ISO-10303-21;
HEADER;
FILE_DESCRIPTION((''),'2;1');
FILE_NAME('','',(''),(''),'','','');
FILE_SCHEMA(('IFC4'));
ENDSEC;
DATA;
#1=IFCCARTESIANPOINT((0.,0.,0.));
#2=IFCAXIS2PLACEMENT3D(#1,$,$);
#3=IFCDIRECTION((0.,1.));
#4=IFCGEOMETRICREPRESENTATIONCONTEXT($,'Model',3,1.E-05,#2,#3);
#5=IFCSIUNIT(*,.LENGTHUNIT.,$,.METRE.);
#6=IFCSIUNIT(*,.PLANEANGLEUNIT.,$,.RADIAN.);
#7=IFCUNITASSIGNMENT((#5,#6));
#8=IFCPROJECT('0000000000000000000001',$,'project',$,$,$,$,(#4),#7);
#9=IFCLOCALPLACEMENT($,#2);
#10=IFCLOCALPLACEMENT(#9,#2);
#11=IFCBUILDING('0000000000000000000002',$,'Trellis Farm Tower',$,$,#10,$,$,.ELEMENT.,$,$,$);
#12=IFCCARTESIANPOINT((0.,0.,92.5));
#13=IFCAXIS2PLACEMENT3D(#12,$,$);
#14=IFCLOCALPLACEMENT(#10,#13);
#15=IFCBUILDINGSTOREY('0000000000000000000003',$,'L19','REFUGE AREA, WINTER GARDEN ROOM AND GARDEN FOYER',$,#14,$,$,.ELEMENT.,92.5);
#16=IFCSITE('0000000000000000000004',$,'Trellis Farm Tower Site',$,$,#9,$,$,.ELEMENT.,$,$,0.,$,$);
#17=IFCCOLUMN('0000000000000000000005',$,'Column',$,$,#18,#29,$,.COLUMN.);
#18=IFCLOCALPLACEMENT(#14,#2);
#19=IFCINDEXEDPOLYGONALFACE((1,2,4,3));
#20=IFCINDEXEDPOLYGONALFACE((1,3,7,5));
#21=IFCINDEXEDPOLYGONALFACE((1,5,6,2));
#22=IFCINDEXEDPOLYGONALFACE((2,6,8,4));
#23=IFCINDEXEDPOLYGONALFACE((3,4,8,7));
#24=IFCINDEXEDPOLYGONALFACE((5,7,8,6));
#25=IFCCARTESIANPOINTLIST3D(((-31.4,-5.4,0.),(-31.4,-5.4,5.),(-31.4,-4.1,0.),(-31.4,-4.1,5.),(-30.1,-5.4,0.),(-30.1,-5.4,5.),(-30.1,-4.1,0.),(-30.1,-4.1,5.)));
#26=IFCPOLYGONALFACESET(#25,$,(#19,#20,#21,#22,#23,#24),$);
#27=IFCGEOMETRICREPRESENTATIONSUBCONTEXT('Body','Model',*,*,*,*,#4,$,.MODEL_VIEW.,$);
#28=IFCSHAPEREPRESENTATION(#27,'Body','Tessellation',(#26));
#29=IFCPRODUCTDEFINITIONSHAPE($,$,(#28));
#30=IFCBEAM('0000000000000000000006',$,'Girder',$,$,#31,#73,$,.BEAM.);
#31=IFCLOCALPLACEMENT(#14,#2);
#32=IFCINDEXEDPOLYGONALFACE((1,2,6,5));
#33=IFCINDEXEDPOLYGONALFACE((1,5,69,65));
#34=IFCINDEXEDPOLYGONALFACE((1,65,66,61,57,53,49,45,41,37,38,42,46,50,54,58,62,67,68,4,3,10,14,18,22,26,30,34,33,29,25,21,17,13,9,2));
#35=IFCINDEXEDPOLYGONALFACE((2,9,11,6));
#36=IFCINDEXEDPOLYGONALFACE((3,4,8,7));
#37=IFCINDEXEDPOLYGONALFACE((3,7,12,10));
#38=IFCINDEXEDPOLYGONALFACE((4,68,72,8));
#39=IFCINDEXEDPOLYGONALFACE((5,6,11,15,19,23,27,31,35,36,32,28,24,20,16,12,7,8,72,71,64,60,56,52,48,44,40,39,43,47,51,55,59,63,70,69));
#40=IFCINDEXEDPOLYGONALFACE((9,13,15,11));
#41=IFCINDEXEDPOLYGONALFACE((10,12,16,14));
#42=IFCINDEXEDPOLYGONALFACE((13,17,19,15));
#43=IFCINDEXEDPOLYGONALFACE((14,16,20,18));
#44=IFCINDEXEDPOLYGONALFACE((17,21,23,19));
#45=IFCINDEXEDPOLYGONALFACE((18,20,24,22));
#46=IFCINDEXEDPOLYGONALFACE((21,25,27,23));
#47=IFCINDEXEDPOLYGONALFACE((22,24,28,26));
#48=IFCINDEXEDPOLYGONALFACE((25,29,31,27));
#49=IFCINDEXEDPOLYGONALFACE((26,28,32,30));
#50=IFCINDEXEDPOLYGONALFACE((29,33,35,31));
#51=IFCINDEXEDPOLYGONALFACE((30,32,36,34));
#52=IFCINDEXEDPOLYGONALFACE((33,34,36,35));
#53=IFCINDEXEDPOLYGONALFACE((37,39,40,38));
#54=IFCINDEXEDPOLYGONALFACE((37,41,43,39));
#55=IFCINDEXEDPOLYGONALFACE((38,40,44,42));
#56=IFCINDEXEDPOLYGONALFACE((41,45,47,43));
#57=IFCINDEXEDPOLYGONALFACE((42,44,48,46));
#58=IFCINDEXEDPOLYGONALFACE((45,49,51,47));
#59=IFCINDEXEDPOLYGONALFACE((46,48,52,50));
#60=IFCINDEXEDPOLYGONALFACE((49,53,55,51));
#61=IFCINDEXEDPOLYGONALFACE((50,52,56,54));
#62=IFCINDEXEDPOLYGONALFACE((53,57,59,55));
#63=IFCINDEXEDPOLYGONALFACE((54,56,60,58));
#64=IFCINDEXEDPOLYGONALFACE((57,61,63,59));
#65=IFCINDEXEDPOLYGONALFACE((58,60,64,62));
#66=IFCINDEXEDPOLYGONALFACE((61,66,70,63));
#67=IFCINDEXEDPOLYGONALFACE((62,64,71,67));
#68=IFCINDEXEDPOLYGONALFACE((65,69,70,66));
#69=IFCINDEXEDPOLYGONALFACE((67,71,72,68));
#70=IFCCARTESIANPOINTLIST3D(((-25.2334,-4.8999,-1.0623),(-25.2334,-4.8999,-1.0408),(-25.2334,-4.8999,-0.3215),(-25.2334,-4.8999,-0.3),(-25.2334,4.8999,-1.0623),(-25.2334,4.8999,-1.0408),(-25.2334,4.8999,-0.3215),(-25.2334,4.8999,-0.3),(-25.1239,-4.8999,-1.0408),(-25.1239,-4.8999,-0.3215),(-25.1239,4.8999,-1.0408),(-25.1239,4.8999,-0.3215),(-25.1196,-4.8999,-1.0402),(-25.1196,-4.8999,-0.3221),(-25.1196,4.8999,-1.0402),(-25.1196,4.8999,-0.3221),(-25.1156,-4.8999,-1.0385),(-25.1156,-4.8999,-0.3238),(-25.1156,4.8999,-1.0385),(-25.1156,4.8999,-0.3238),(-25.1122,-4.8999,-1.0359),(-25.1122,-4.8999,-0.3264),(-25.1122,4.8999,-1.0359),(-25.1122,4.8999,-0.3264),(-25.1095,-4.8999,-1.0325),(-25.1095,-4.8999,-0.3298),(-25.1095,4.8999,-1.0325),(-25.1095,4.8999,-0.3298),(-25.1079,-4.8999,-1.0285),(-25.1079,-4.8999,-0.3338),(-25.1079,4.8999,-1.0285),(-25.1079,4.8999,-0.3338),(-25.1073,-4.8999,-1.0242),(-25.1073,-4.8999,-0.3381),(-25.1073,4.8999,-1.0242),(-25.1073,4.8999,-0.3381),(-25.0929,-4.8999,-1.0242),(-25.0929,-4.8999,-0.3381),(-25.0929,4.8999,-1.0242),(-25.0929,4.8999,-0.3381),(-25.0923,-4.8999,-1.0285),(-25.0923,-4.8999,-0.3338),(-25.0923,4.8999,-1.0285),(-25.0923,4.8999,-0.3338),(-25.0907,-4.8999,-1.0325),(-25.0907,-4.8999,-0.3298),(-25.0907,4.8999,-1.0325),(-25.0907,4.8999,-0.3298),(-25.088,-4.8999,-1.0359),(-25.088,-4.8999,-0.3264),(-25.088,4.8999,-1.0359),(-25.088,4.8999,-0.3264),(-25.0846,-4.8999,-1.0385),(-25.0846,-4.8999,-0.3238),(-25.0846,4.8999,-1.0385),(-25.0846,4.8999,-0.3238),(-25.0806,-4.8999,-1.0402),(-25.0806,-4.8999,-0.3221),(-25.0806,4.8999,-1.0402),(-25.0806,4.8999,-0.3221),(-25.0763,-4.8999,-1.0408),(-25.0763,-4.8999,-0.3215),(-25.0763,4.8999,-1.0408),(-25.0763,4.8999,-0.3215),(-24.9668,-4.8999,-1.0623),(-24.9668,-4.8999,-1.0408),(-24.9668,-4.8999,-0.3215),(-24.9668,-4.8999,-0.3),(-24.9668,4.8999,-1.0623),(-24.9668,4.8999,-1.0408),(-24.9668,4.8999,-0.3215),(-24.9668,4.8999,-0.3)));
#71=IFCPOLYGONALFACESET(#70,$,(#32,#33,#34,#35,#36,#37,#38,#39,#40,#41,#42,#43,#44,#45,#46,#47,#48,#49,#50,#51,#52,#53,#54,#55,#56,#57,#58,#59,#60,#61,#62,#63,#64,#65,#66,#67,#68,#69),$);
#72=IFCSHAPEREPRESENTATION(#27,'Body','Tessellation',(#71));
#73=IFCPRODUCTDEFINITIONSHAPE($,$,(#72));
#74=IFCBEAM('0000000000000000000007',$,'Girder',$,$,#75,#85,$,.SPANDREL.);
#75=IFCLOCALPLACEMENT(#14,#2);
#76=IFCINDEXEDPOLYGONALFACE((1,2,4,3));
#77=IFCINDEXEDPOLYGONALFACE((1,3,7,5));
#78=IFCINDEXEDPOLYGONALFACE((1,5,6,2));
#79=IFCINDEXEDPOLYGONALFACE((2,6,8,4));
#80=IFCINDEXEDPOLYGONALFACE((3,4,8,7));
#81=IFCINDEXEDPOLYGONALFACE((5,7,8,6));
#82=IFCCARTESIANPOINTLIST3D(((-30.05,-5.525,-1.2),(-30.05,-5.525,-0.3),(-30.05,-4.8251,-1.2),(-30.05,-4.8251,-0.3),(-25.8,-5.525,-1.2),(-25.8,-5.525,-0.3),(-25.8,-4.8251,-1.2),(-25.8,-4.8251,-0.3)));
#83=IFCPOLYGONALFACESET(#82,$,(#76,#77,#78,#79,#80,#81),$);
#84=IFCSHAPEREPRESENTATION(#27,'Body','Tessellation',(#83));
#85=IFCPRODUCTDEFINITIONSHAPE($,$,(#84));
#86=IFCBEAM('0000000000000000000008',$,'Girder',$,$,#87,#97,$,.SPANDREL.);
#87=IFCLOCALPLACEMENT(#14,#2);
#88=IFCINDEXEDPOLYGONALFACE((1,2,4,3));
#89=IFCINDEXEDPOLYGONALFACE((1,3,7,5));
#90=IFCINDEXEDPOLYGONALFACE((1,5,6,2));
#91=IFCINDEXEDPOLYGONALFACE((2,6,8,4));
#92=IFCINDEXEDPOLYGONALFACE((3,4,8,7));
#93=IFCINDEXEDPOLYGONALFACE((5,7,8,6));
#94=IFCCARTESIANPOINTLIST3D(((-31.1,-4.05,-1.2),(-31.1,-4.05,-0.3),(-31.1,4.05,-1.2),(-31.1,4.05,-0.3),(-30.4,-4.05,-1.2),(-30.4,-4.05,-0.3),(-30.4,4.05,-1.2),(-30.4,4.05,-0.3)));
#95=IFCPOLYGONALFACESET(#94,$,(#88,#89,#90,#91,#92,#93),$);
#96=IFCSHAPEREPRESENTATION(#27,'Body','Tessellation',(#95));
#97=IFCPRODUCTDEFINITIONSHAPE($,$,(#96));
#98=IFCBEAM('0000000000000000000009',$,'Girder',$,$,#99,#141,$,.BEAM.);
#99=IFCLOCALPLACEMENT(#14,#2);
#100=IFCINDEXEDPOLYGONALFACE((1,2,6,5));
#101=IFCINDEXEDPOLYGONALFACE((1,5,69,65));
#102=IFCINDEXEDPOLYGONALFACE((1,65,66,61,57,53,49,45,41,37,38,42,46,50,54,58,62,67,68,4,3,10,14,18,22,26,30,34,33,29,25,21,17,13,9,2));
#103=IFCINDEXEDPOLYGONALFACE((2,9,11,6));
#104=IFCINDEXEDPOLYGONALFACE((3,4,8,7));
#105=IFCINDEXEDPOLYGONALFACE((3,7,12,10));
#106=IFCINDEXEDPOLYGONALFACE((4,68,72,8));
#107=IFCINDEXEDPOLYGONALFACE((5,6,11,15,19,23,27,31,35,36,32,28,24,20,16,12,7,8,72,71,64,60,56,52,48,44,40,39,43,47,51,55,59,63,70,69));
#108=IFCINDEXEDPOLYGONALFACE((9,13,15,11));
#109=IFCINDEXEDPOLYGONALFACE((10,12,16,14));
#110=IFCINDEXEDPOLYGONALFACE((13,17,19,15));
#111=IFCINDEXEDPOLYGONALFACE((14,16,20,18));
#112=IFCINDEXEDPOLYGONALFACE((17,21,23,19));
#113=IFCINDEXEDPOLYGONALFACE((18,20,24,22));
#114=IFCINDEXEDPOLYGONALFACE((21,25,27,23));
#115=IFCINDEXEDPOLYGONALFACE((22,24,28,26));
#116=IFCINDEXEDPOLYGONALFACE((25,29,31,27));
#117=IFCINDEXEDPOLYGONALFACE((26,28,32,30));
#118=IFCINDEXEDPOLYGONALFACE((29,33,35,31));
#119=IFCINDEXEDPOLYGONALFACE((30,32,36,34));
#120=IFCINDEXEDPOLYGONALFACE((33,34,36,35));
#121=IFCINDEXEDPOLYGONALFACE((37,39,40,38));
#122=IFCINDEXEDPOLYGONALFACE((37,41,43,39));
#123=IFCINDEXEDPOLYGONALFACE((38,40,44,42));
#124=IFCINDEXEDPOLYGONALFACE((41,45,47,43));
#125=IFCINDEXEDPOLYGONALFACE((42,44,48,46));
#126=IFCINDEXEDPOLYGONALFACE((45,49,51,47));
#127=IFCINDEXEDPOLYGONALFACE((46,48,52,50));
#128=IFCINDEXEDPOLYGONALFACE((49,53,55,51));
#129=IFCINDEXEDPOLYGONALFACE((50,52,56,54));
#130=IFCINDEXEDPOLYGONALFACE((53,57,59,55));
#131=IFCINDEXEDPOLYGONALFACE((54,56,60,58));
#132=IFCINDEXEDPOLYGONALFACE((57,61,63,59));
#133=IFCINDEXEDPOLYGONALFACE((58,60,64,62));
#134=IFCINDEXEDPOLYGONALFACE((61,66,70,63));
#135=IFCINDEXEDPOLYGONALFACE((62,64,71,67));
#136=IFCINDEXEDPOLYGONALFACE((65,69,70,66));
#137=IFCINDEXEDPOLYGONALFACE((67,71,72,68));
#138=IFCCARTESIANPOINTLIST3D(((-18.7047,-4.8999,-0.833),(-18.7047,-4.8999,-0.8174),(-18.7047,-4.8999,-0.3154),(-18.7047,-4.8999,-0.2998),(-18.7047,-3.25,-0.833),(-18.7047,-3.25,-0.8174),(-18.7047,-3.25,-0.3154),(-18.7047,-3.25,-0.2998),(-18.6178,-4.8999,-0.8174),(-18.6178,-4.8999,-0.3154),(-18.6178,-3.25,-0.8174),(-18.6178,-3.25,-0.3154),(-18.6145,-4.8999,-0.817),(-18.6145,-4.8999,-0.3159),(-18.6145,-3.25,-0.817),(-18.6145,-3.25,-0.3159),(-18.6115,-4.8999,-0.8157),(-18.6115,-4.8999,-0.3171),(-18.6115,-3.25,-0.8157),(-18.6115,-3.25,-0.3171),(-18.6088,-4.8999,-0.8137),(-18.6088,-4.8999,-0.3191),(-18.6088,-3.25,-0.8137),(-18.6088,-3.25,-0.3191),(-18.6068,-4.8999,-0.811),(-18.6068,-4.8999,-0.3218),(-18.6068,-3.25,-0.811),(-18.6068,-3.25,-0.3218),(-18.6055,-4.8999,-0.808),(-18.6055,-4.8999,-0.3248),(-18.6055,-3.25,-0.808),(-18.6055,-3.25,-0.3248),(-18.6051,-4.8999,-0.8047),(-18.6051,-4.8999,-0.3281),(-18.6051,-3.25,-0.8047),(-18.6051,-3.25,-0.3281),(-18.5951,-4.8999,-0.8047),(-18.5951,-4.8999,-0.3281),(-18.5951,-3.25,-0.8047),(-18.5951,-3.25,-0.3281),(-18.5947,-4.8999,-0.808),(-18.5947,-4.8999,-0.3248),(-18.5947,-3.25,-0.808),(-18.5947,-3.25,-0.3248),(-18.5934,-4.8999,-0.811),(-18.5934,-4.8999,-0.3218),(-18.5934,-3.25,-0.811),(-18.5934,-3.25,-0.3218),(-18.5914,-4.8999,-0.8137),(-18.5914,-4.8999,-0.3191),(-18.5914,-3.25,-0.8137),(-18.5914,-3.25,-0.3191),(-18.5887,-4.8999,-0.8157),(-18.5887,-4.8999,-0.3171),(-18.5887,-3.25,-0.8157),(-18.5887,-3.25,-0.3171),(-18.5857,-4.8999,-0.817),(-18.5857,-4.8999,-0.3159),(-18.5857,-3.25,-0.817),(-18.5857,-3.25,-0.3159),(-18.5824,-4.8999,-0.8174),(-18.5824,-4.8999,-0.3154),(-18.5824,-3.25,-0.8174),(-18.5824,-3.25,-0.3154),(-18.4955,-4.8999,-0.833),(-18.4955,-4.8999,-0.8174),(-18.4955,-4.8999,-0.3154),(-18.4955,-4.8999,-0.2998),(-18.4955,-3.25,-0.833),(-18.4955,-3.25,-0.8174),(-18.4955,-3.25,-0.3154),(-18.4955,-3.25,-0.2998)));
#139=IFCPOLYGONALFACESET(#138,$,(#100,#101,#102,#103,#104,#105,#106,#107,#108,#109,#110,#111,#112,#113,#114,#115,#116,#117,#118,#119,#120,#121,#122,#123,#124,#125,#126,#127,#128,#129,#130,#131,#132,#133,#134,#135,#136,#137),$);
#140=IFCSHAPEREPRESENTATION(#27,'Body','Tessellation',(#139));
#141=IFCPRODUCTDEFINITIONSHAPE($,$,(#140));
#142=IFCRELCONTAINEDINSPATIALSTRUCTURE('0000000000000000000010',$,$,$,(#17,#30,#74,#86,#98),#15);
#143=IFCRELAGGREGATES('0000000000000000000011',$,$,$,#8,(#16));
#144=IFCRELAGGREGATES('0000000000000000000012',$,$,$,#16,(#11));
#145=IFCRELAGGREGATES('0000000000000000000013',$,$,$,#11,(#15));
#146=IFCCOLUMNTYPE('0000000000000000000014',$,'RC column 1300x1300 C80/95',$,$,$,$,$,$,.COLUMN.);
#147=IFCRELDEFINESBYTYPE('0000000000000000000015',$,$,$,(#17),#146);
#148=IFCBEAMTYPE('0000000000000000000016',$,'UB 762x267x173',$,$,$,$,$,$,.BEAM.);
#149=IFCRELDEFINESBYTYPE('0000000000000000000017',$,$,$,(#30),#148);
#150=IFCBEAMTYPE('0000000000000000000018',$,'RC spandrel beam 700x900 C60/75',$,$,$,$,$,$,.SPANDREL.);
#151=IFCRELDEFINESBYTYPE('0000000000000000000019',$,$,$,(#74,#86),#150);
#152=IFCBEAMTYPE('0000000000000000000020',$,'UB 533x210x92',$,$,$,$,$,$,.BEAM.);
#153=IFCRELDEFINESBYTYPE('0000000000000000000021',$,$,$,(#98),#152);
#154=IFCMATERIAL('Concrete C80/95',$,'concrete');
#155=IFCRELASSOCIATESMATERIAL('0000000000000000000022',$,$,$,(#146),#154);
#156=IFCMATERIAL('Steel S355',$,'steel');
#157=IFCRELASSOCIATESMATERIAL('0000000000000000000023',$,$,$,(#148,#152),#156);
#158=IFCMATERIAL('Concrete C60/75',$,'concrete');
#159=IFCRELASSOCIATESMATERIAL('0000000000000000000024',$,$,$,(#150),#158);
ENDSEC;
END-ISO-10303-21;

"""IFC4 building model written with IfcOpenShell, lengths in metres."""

from ifc_helpers import new_model, si_unit, direction, frame, origin, origin_2d, place, context, subcontext, project, spatial, rectangle, i_section, extrude, source, transform, mapped, material, material_profile, profile_set, type_object, element, save


model = new_model("IFC4")

# Units and contexts
model_context = context("Model", 3, precision=1e-05, world=origin(), true_north=direction((0.0, 1.0)))
body_context = subcontext(model_context, "Body", "Model", "MODEL_VIEW")
ifc_project = project(units=[si_unit("LENGTHUNIT", "METRE"), si_unit("PLANEANGLEUNIT", "RADIAN")], contexts=[model_context])

# Site, building, storey
site_placement = place(None, origin())
site = spatial("IfcSite", under=ifc_project, at=site_placement, Name="Trellis Farm Tower Site", CompositionType="ELEMENT", RefElevation=0.0)
building_placement = place(site_placement, origin())
building = spatial("IfcBuilding", under=site, at=building_placement, Name="Trellis Farm Tower", CompositionType="ELEMENT")
storey_placement = place(building_placement, frame((0.0, 0.0, 92.5)))
storey = spatial("IfcBuildingStorey", under=building, at=storey_placement, Name="L19", Description="REFUGE AREA, WINTER GARDEN ROOM AND GARDEN FOYER", CompositionType="ELEMENT", Elevation=92.5)

# Column
ifc_material_1 = material(Name="Concrete C80/95", Category="concrete")
ifc_material_profile_1 = material_profile(ifc_material_1, rectangle(XDim=1.3, YDim=1.3, at=origin_2d()), Name="RC column 1300x1300 C80/95")
ifc_profile_set_1 = profile_set([ifc_material_profile_1], Name="Concrete C80/95")
column_type = type_object("IfcColumnType", Name="RC column 1300x1300 C80/95", PredefinedType="COLUMN", material=ifc_profile_set_1)
shared_shape_1 = source(origin(), body_context, "Body", "SweptSolid", [
    extrude(rectangle(XDim=1.3, YDim=1.3, at=origin_2d()), origin(), (0.0, 0.0, 1.0), 5.0),
])
column_placement = place(storey_placement, frame((-30.75, -4.75, 0.0), z_axis=(0.0, 0.0, 1.0), x_axis=(1.0, 0.0, 0.0)))
element("IfcColumn", 1, at=column_placement, inside=storey, type_object=column_type, Name="Column", PredefinedType="COLUMN", context=body_context, shape_type="MappedRepresentation", body=[
    mapped(shared_shape_1, transform((0.0, 0.0, 0.0))),
])

# Beams
ifc_material_2 = material(Name="Steel S355", Category="steel")
ifc_material_profile_2 = material_profile(ifc_material_2, i_section(OverallWidth=0.2666, OverallDepth=0.7622, WebThickness=0.0144, FlangeThickness=0.0215, FilletRadius=0.0166, at=origin_2d()), Name="UB 762x267x173")
ifc_profile_set_2 = profile_set([ifc_material_profile_2], Name="Steel S355")
beam_type_1 = type_object("IfcBeamType", Name="UB 762x267x173", PredefinedType="BEAM", material=ifc_profile_set_2)
shared_shape_2 = source(origin(), body_context, "Body", "SweptSolid", [
    extrude(i_section(OverallWidth=0.2666, OverallDepth=0.7622, WebThickness=0.0144, FlangeThickness=0.0215, FilletRadius=0.0166, at=origin_2d()), origin(), (0.0, 0.0, 1.0), 9.7998),
])
beam_1_placement = place(storey_placement, frame((-25.1001, -4.8999, -0.6812), z_axis=(0.0, 1.0, 0.0), x_axis=(-1.0, 0.0, 0.0)))
element("IfcBeam", 2, at=beam_1_placement, inside=storey, type_object=beam_type_1, Name="Girder", PredefinedType="BEAM", context=body_context, shape_type="MappedRepresentation", body=[
    mapped(shared_shape_2, transform((0.0, 0.0, 0.0))),
])
ifc_material_3 = material(Name="Concrete C60/75", Category="concrete")
ifc_material_profile_3 = material_profile(ifc_material_3, rectangle(XDim=0.7, YDim=0.8999, at=origin_2d()), Name="RC spandrel beam 700x900 C60/75")
ifc_profile_set_3 = profile_set([ifc_material_profile_3], Name="Concrete C60/75")
beam_type_2 = type_object("IfcBeamType", Name="RC spandrel beam 700x900 C60/75", PredefinedType="SPANDREL", material=ifc_profile_set_3)
shared_shape_3 = source(origin(), body_context, "Body", "SweptSolid", [
    extrude(rectangle(XDim=0.7, YDim=0.8999, at=origin_2d()), origin(), (0.0, 0.0, 1.0), 4.25),
])
beam_2_placement = place(storey_placement, frame((-30.05, -5.175, -0.75), z_axis=(1.0, 0.0, 0.0), x_axis=(0.0, 1.0, 0.0)))
element("IfcBeam", 3, at=beam_2_placement, inside=storey, type_object=beam_type_2, Name="Girder", PredefinedType="SPANDREL", context=body_context, shape_type="MappedRepresentation", body=[
    mapped(shared_shape_3, transform((0.0, 0.0, 0.0))),
])
shared_shape_4 = source(origin(), body_context, "Body", "SweptSolid", [
    extrude(rectangle(XDim=0.7, YDim=0.8999, at=origin_2d()), origin(), (0.0, 0.0, 1.0), 8.1001),
])
beam_3_placement = place(storey_placement, frame((-30.75, -4.05, -0.75), z_axis=(0.0, 1.0, 0.0), x_axis=(-1.0, 0.0, 0.0)))
element("IfcBeam", 4, at=beam_3_placement, inside=storey, type_object=beam_type_2, Name="Girder", PredefinedType="SPANDREL", context=body_context, shape_type="MappedRepresentation", body=[
    mapped(shared_shape_4, transform((0.0, 0.0, 0.0))),
])
ifc_material_profile_4 = material_profile(ifc_material_2, i_section(OverallWidth=0.2092, OverallDepth=0.5332, WebThickness=0.01, FlangeThickness=0.0156, FilletRadius=0.0127, at=origin_2d()), Name="UB 533x210x92")
ifc_profile_set_4 = profile_set([ifc_material_profile_4], Name="Steel S355")
beam_type_3 = type_object("IfcBeamType", Name="UB 533x210x92", PredefinedType="BEAM", material=ifc_profile_set_4)
shared_shape_5 = source(origin(), body_context, "Body", "SweptSolid", [
    extrude(i_section(OverallWidth=0.2092, OverallDepth=0.5332, WebThickness=0.01, FlangeThickness=0.0156, FilletRadius=0.0127, at=origin_2d()), origin(), (0.0, 0.0, 1.0), 1.6499),
])
beam_4_placement = place(storey_placement, frame((-18.6001, -4.8999, -0.5664), z_axis=(0.0, 1.0, 0.0), x_axis=(-1.0, 0.0, 0.0)))
element("IfcBeam", 5, at=beam_4_placement, inside=storey, type_object=beam_type_3, Name="Girder", PredefinedType="BEAM", context=body_context, shape_type="MappedRepresentation", body=[
    mapped(shared_shape_5, transform((0.0, 0.0, 0.0))),
])

save(model, "model.ifc")
